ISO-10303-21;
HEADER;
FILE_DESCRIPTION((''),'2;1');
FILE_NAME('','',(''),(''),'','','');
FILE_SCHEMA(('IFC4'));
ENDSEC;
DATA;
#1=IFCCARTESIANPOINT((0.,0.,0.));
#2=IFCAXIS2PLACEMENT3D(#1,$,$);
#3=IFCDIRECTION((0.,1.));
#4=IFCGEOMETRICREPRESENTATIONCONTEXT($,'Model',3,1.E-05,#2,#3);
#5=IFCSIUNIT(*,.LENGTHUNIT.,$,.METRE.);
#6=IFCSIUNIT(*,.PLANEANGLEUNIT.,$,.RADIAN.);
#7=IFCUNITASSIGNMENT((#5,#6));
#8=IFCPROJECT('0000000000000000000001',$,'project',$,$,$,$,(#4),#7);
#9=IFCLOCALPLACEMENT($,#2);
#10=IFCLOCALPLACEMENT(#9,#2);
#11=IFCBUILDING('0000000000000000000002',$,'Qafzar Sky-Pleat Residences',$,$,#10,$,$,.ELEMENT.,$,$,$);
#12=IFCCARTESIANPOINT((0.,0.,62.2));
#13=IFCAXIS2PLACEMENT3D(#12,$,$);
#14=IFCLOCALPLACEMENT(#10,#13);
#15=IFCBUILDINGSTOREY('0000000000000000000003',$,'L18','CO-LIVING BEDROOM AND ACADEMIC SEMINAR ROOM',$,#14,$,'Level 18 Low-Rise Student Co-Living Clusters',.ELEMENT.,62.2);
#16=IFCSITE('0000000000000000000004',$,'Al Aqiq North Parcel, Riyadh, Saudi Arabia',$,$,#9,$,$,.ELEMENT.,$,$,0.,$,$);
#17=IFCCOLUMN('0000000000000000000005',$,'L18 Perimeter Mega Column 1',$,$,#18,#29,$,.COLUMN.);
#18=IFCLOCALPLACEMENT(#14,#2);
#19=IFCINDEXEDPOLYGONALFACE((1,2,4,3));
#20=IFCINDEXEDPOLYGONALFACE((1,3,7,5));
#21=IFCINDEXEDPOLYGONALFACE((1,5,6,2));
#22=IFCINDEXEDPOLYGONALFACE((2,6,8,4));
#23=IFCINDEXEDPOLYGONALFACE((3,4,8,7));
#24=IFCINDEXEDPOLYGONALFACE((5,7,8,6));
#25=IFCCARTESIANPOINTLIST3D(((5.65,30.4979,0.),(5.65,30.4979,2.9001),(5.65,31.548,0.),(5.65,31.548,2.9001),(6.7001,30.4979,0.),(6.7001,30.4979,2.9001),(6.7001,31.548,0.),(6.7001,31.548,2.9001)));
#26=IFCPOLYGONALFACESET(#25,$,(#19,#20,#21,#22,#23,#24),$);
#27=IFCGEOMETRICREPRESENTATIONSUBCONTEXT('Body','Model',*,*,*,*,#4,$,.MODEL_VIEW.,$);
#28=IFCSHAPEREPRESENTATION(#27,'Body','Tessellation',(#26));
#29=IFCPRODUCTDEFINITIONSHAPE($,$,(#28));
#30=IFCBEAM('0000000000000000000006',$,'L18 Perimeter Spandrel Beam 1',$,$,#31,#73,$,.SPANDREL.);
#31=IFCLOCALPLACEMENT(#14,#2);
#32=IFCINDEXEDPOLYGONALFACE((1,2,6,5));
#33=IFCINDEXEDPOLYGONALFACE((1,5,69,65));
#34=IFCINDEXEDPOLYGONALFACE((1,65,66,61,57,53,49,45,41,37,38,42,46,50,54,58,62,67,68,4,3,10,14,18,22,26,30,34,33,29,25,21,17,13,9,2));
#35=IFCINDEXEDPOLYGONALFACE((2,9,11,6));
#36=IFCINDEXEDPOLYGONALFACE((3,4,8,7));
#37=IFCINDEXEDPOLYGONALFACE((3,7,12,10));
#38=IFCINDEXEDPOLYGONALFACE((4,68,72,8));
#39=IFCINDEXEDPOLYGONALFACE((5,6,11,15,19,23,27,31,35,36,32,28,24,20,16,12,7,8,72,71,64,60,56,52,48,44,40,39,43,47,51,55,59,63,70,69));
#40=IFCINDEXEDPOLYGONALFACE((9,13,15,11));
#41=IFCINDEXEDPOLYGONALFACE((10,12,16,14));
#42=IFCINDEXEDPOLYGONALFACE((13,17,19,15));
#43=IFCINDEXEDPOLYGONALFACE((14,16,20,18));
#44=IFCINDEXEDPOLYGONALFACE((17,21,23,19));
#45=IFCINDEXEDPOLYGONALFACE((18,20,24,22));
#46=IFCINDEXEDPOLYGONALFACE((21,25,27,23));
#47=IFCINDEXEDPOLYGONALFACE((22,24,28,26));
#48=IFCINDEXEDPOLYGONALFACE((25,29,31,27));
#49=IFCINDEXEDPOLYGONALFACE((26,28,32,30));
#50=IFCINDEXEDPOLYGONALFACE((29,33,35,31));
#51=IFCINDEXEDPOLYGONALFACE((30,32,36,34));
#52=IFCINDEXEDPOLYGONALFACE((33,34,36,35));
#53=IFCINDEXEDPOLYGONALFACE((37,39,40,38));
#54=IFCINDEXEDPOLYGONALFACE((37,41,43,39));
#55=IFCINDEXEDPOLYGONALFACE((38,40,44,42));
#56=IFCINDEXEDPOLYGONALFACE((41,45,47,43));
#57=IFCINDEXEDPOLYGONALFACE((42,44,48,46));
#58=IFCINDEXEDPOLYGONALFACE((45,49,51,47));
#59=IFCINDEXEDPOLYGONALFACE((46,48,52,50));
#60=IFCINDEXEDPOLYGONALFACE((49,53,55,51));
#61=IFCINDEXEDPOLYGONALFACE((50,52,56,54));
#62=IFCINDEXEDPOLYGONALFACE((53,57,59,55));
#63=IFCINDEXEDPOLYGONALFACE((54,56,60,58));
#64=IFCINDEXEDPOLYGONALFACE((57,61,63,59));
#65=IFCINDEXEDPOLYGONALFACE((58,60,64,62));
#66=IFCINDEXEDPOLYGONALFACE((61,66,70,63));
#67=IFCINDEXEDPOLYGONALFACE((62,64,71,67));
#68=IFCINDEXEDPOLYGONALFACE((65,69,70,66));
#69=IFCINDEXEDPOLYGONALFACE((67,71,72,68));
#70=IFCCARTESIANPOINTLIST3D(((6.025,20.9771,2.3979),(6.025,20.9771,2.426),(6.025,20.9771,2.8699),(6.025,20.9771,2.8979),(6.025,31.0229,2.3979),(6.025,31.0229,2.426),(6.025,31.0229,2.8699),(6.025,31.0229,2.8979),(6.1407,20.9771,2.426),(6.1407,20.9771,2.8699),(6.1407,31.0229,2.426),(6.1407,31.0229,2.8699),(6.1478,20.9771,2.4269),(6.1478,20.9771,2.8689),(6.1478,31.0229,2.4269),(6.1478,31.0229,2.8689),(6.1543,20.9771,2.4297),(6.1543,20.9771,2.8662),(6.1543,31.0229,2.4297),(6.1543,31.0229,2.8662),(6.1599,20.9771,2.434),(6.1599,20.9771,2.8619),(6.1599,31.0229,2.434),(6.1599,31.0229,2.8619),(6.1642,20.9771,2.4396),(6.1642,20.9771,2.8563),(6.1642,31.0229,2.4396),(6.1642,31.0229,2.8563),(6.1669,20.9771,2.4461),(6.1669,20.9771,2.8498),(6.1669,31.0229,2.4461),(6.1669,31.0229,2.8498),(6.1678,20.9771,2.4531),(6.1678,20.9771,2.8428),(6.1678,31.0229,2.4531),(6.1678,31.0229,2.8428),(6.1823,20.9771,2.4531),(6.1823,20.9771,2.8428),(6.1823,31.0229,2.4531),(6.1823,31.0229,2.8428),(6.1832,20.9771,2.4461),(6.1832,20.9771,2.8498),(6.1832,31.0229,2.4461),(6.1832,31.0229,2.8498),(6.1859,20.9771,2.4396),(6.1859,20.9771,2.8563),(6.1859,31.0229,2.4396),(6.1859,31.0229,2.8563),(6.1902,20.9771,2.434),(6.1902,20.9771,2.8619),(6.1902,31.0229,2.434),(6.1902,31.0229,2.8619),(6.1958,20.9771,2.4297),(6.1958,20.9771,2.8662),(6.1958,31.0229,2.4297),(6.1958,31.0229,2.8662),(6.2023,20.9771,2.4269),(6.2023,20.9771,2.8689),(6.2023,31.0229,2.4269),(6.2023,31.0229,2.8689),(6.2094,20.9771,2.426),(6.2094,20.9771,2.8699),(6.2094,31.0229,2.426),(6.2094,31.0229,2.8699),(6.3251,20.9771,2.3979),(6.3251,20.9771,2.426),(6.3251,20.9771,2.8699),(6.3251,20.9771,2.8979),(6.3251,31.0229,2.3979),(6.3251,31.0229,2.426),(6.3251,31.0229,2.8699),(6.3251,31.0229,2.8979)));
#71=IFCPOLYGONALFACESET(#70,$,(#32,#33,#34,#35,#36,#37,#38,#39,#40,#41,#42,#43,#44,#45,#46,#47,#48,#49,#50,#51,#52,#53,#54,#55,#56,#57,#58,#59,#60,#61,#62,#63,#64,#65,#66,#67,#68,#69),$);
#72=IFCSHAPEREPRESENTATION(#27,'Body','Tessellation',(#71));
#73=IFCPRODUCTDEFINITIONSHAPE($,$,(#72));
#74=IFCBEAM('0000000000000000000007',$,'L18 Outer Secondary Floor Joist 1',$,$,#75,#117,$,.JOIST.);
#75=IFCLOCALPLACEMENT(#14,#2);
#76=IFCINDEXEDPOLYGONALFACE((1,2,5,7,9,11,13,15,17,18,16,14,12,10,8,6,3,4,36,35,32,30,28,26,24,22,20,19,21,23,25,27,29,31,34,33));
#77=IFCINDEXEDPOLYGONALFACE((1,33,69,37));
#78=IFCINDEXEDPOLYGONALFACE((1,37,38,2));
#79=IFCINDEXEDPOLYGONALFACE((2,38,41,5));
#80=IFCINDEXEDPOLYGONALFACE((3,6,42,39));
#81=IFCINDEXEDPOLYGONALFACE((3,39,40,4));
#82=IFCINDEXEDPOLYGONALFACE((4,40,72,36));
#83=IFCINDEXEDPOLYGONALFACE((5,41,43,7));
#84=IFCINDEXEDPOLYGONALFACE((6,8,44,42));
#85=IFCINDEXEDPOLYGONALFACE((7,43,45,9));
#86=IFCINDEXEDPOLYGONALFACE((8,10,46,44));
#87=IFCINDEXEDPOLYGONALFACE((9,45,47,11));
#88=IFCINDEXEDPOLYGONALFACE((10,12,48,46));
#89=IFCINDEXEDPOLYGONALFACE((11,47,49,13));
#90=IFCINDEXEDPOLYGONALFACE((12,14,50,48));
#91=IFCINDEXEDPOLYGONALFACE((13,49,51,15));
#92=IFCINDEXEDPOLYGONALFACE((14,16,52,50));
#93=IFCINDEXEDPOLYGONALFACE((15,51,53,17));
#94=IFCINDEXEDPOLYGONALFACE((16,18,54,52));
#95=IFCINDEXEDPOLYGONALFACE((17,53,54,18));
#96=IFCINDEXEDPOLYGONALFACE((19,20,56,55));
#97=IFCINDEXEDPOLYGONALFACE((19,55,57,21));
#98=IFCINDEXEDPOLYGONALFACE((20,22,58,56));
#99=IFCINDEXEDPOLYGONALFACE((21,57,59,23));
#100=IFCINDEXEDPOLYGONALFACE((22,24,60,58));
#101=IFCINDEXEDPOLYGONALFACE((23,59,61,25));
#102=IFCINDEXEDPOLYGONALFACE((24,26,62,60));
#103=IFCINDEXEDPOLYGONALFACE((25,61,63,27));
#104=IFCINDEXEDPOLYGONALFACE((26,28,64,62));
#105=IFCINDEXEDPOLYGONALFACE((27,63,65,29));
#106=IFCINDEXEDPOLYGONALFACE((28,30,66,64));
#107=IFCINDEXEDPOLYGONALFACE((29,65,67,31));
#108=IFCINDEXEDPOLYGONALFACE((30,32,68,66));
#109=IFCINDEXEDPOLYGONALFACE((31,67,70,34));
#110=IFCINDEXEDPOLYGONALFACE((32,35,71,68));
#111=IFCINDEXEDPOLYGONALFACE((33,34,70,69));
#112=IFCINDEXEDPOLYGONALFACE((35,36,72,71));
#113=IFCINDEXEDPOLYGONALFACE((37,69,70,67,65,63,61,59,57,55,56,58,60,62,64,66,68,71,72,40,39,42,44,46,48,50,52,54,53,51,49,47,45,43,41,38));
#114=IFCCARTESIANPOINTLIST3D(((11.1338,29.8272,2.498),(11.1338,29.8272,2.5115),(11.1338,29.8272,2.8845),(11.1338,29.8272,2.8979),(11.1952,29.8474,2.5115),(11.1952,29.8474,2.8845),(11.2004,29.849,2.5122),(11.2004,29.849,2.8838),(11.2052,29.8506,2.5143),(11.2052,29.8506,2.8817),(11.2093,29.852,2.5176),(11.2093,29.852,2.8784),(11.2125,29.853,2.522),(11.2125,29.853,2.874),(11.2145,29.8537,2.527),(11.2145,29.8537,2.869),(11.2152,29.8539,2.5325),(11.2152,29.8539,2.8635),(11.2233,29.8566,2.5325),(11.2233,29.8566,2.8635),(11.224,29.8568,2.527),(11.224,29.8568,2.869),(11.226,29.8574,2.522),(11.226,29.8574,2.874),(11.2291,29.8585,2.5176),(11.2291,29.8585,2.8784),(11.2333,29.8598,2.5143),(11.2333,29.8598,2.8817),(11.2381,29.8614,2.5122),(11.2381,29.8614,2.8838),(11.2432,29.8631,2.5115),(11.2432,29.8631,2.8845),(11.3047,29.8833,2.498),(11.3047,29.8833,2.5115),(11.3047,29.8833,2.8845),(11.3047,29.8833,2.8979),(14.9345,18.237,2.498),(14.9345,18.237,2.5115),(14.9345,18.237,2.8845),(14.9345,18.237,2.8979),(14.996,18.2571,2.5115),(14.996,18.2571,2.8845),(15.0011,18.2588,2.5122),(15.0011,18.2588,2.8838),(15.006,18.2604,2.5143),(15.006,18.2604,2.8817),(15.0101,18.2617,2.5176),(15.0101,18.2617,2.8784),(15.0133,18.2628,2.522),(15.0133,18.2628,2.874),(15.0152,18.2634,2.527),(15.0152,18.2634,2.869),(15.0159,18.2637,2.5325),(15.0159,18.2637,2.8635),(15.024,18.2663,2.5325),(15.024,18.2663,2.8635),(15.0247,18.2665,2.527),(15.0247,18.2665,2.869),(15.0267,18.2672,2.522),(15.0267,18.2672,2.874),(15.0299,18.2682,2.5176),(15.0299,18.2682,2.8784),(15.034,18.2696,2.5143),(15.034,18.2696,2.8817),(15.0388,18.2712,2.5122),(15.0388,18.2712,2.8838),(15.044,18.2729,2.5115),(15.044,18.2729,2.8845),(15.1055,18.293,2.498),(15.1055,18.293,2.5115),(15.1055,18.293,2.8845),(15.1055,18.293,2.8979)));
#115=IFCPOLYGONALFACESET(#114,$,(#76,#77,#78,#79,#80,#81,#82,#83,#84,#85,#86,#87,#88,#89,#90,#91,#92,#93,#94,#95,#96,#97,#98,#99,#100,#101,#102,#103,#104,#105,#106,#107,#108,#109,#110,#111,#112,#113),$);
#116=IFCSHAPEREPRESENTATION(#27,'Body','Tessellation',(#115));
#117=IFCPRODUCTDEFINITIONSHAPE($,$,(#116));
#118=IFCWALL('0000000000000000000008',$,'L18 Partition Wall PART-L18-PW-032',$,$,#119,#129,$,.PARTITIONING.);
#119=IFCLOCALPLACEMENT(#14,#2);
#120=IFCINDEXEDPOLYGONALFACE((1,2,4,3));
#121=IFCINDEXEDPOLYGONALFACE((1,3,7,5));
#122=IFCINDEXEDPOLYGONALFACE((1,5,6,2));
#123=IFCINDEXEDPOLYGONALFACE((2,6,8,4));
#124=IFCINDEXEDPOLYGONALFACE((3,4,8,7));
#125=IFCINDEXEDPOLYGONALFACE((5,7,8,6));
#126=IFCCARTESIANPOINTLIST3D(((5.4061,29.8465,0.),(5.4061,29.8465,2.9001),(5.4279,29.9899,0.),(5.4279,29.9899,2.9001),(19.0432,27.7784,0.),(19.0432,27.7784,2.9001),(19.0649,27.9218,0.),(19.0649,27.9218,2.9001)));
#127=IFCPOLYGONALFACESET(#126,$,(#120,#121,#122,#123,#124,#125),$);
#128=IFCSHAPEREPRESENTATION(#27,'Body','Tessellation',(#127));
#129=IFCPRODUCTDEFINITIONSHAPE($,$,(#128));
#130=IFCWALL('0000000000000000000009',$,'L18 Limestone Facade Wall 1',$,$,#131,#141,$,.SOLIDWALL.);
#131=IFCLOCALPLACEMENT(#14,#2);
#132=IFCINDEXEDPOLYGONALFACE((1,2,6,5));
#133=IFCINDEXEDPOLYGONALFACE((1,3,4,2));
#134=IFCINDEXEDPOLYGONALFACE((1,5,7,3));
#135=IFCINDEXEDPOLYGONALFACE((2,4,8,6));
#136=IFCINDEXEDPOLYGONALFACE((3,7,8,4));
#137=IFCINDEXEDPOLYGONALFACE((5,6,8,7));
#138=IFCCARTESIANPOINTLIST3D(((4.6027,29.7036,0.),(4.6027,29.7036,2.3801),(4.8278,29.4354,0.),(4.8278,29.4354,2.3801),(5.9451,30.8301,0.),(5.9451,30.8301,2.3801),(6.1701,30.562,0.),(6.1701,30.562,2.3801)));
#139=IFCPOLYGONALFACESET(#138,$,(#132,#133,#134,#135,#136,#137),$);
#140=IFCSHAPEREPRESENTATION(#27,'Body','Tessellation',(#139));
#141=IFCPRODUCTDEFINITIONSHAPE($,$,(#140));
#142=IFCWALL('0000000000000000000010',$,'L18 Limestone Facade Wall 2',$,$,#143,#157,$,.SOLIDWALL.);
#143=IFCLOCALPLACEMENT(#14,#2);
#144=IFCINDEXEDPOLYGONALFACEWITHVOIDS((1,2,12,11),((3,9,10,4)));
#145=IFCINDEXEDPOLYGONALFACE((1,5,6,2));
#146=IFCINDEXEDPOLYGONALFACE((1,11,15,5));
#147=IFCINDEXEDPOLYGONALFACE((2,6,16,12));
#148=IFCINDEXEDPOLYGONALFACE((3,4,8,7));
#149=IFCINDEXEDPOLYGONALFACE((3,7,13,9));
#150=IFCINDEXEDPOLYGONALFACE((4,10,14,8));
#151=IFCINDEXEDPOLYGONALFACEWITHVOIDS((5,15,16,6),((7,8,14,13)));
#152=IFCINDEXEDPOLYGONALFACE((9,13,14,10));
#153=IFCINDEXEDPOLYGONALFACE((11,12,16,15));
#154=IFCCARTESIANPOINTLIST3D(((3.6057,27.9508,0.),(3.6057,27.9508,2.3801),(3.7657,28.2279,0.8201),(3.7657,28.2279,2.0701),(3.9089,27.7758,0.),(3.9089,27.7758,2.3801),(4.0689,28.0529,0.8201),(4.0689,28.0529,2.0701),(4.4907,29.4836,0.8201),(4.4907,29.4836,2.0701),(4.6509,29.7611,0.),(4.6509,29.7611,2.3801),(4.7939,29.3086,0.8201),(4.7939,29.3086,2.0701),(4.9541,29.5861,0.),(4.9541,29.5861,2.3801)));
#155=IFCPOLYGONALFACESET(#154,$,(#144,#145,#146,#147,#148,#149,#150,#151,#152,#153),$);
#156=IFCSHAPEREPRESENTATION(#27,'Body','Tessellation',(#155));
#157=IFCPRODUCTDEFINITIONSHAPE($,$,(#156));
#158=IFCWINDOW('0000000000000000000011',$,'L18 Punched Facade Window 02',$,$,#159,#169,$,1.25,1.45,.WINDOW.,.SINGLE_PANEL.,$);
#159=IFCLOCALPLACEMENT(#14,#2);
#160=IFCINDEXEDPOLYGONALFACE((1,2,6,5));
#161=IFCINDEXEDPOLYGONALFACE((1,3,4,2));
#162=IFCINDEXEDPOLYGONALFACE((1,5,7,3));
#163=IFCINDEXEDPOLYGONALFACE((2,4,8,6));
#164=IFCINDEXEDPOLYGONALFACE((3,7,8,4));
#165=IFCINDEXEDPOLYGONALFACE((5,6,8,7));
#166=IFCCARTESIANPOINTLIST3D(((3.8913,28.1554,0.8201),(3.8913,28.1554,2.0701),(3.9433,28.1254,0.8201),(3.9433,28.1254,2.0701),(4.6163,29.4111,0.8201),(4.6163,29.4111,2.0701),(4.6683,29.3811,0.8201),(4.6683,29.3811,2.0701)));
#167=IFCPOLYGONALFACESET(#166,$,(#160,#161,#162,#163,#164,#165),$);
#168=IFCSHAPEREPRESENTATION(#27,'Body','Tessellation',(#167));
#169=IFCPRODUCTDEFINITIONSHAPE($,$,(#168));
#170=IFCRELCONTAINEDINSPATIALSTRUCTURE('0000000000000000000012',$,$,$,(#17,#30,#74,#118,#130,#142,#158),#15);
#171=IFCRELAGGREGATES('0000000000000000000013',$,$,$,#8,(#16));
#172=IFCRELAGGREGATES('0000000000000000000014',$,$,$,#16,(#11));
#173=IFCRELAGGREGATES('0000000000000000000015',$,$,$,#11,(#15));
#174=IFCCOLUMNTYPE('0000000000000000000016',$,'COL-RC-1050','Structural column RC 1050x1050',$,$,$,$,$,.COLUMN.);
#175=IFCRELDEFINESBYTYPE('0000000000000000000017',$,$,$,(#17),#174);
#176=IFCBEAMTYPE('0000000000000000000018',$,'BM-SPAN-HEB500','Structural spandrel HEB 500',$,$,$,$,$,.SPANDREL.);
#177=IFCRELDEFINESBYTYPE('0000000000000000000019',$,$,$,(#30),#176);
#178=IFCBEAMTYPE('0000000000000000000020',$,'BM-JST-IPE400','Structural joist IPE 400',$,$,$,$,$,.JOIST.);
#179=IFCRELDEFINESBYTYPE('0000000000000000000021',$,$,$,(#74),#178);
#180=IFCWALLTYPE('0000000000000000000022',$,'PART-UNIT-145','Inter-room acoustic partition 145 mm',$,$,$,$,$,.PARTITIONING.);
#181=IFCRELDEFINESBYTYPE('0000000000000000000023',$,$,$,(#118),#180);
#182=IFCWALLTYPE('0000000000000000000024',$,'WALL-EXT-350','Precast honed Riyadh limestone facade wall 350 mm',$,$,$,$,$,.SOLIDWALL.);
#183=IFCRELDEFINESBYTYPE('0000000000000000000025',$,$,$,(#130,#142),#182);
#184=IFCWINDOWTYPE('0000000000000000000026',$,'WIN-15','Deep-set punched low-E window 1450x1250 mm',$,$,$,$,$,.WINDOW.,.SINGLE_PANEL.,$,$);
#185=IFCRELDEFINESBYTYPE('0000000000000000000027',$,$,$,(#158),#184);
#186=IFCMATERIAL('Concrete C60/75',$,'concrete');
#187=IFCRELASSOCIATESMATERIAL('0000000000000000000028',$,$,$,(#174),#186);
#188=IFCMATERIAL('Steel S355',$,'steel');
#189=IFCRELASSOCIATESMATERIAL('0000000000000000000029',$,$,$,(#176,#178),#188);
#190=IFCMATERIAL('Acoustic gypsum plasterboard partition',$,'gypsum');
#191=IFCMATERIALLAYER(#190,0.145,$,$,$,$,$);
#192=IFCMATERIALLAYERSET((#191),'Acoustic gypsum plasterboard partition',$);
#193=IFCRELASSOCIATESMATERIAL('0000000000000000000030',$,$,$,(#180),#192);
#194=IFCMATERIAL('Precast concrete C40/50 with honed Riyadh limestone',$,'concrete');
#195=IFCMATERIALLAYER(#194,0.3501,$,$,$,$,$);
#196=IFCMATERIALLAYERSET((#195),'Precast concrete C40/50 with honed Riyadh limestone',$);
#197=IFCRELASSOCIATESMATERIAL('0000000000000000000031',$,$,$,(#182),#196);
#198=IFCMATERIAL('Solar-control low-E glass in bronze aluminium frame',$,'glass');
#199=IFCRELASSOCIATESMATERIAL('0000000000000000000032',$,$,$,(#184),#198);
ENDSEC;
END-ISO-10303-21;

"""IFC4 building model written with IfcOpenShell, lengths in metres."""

from ifc_helpers import new_model, si_unit, direction, frame, frame_2d, origin, origin_2d, place, context, subcontext, project, spatial, rectangle, i_section, extrude, source, transform, mapped, material, layer, layer_set, material_profile, profile_set, type_object, element, fill, save


model = new_model("IFC4")

# Units and contexts
model_context = context("Model", 3, precision=1e-05, world=origin(), true_north=direction((0.0, 1.0)))
body_context = subcontext(model_context, "Body", "Model", "MODEL_VIEW")
ifc_project = project(units=[si_unit("LENGTHUNIT", "METRE"), si_unit("PLANEANGLEUNIT", "RADIAN")], contexts=[model_context])

# Site, building, storey
site_placement = place(None, origin())
site = spatial("IfcSite", under=ifc_project, at=site_placement, Name="Al Aqiq North Parcel, Riyadh, Saudi Arabia", CompositionType="ELEMENT", RefElevation=0.0)
building_placement = place(site_placement, origin())
building = spatial("IfcBuilding", under=site, at=building_placement, Name="Qafzar Sky-Pleat Residences", CompositionType="ELEMENT")
storey_placement = place(building_placement, frame((0.0, 0.0, 62.2)))
storey = spatial("IfcBuildingStorey", under=building, at=storey_placement, Name="L18", Description="CO-LIVING BEDROOM AND ACADEMIC SEMINAR ROOM", LongName="Level 18 Low-Rise Student Co-Living Clusters", CompositionType="ELEMENT", Elevation=62.2)

# Column
ifc_material_1 = material(Name="Concrete C60/75", Category="concrete")
ifc_material_profile_1 = material_profile(ifc_material_1, rectangle(XDim=1.05, YDim=1.05, at=origin_2d()), Name="RC 1050x1050")
ifc_profile_set_1 = profile_set([ifc_material_profile_1], Name="Concrete C60/75")
column_type = type_object("IfcColumnType", Name="COL-RC-1050", Description="Structural column RC 1050x1050", PredefinedType="COLUMN", material=ifc_profile_set_1)
shared_shape_1 = source(origin(), body_context, "Body", "SweptSolid", [
    extrude(rectangle(XDim=1.05, YDim=1.05, at=origin_2d()), origin(), (0.0, 0.0, 1.0), 2.9001),
])
column_placement = place(storey_placement, frame((6.175, 31.0229, 0.0), z_axis=(0.0, 0.0, 1.0), x_axis=(1.0, 0.0, 0.0)))
element("IfcColumn", 1, at=column_placement, inside=storey, type_object=column_type, Name="L18 Perimeter Mega Column 1", PredefinedType="COLUMN", context=body_context, shape_type="MappedRepresentation", body=[
    mapped(shared_shape_1, transform((0.0, 0.0, 0.0), x_axis=(1.0, 0.0, 0.0), y_axis=(0.0, 1.0, 0.0), z_axis=(0.0, 0.0, 1.0), scale=1.0)),
])

# Beams
ifc_material_2 = material(Name="Steel S355", Category="steel")
ifc_material_profile_2 = material_profile(ifc_material_2, i_section(OverallWidth=0.3, OverallDepth=0.5, WebThickness=0.0144, FlangeThickness=0.0281, FilletRadius=0.0271, at=origin_2d()), Name="HEB 500")
ifc_profile_set_2 = profile_set([ifc_material_profile_2], Name="Steel S355")
beam_type_1 = type_object("IfcBeamType", Name="BM-SPAN-HEB500", Description="Structural spandrel HEB 500", PredefinedType="SPANDREL", material=ifc_profile_set_2)
shared_shape_2 = source(origin(), body_context, "Body", "SweptSolid", [
    extrude(i_section(OverallWidth=0.3, OverallDepth=0.5, WebThickness=0.0144, FlangeThickness=0.0281, FilletRadius=0.0271, at=origin_2d()), origin(), (0.0, 0.0, 1.0), 10.0459),
])
beam_1_placement = place(storey_placement, frame((6.175, 31.0229, 2.6479), z_axis=(0.0, -1.0, 0.0), x_axis=(1.0, 0.0, 0.0)))
element("IfcBeam", 2, at=beam_1_placement, inside=storey, type_object=beam_type_1, Name="L18 Perimeter Spandrel Beam 1", PredefinedType="SPANDREL", context=body_context, shape_type="MappedRepresentation", body=[
    mapped(shared_shape_2, transform((0.0, 0.0, 0.0), x_axis=(1.0, 0.0, 0.0), y_axis=(0.0, 1.0, 0.0), z_axis=(0.0, 0.0, 1.0), scale=1.0)),
])
ifc_material_profile_3 = material_profile(ifc_material_2, i_section(OverallWidth=0.1799, OverallDepth=0.3999, WebThickness=0.0085, FlangeThickness=0.0134, FilletRadius=0.021, at=origin_2d()), Name="IPE 400")
ifc_profile_set_3 = profile_set([ifc_material_profile_3], Name="Steel S355")
beam_type_2 = type_object("IfcBeamType", Name="BM-JST-IPE400", Description="Structural joist IPE 400", PredefinedType="JOIST", material=ifc_profile_set_3)
shared_shape_3 = source(origin(), body_context, "Body", "SweptSolid", [
    extrude(i_section(OverallWidth=0.1799, OverallDepth=0.3999, WebThickness=0.0085, FlangeThickness=0.0134, FilletRadius=0.021, at=origin_2d()), origin(), (0.0, 0.0, 1.0), 12.1975),
])
beam_2_placement = place(storey_placement, frame((11.2192, 29.8552, 2.698), z_axis=(0.3116, -0.950213, 0.0), x_axis=(0.950213, 0.3116, 0.0)))
element("IfcBeam", 3, at=beam_2_placement, inside=storey, type_object=beam_type_2, Name="L18 Outer Secondary Floor Joist 1", PredefinedType="JOIST", context=body_context, shape_type="MappedRepresentation", body=[
    mapped(shared_shape_3, transform((0.0, 0.0, 0.0), x_axis=(1.0, 0.0, 0.0), y_axis=(0.0, 1.0, 0.0), z_axis=(0.0, 0.0, 1.0), scale=1.0)),
])

# Walls
ifc_material_3 = material(Name="Acoustic gypsum plasterboard partition", Category="gypsum")
ifc_layer_1 = layer(ifc_material_3, 0.145)
ifc_layer_set_1 = layer_set([ifc_layer_1], Name="Acoustic gypsum plasterboard partition")
wall_type_1 = type_object("IfcWallType", Name="PART-UNIT-145", Description="Inter-room acoustic partition 145 mm", PredefinedType="PARTITIONING", material=ifc_layer_set_1)
wall_1_placement = place(storey_placement, frame((5.417, 29.9182, 0.0), z_axis=(0.0, 0.0, 1.0), x_axis=(0.988695, -0.149941, 0.0)))
element("IfcWall", 4, at=wall_1_placement, inside=storey, type_object=wall_type_1, Name="L18 Partition Wall PART-L18-PW-032", PredefinedType="PARTITIONING", context=body_context, shape_type="SweptSolid", body=[
    extrude(rectangle(XDim=13.793, YDim=0.145, at=frame_2d((6.8965, 0.0))), origin(), (0.0, 0.0, 1.0), 2.9001),
])
ifc_material_4 = material(Name="Precast concrete C40/50 with honed Riyadh limestone", Category="concrete")
ifc_layer_2 = layer(ifc_material_4, 0.3501)
ifc_layer_set_2 = layer_set([ifc_layer_2], Name="Precast concrete C40/50 with honed Riyadh limestone")
wall_type_2 = type_object("IfcWallType", Name="WALL-EXT-350", Description="Precast honed Riyadh limestone facade wall 350 mm", PredefinedType="SOLIDWALL", material=ifc_layer_set_2)
wall_2_placement = place(storey_placement, frame((6.0576, 30.696, 0.0), z_axis=(0.0, 0.0, 1.0), x_axis=(-0.766001, -0.642839, 0.0)))
element("IfcWall", 5, at=wall_2_placement, inside=storey, type_object=wall_type_2, Name="L18 Limestone Facade Wall 1", PredefinedType="SOLIDWALL", context=body_context, shape_type="SweptSolid", body=[
    extrude(rectangle(XDim=1.7524, YDim=0.3501, at=frame_2d((0.8762, 0.0))), origin(), (0.0, 0.0, 1.0), 2.3801),
])

# Wall, opening, window
wall_3_placement = place(storey_placement, frame((4.8025, 29.6736, 0.0), z_axis=(0.0, 0.0, 1.0), x_axis=(-0.499995, -0.866028, 0.0)))
wall_3 = element("IfcWall", 6, at=wall_3_placement, inside=storey, type_object=wall_type_2, Name="L18 Limestone Facade Wall 2", PredefinedType="SOLIDWALL", context=body_context, shape_type="SweptSolid", body=[
    extrude(rectangle(XDim=2.0903, YDim=0.3501, at=frame_2d((1.0452, 0.0))), origin(), (0.0, 0.0, 1.0), 2.3801),
])
opening_1_placement = place(wall_3_placement, frame((0.3203, 0.0, 0.8201)))
opening_1 = element("IfcOpeningElement", 7, at=opening_1_placement, cuts=wall_3, PredefinedType="OPENING", context=body_context, shape_type="SweptSolid", body=[
    extrude(rectangle(XDim=1.45, YDim=1.25, at=frame_2d((0.7251, 0.625))), frame((0.0, 0.1851, 0.0), z_axis=(0.0, -1.0, 0.0), x_axis=(1.0, 0.0, 0.0)), (0.0, 0.0, 1.0), 0.3701),
])
ifc_material_5 = material(Name="Solar-control low-E glass in bronze aluminium frame", Category="glass")
window_type = type_object("IfcWindowType", Name="WIN-15", Description="Deep-set punched low-E window 1450x1250 mm", PartitioningType="SINGLE_PANEL", PredefinedType="WINDOW", material=ifc_material_5)
shared_shape_4 = source(origin(), body_context, "Body", "SweptSolid", [
    extrude(rectangle(XDim=1.45, YDim=1.25, at=frame_2d((0.7251, 0.625))), frame((0.0, 0.03, 0.0), z_axis=(0.0, -1.0, 0.0), x_axis=(1.0, 0.0, 0.0)), (0.0, 0.0, 1.0), 0.0601),
])
window_1_placement = place(opening_1_placement, origin())
window_1 = element("IfcWindow", 8, at=window_1_placement, inside=storey, type_object=window_type, Name="L18 Punched Facade Window 02", OverallHeight=1.25, OverallWidth=1.45, PartitioningType="SINGLE_PANEL", PredefinedType="WINDOW", context=body_context, shape_type="MappedRepresentation", body=[
    mapped(shared_shape_4, transform((0.0, 0.0, 0.0), x_axis=(1.0, 0.0, 0.0), y_axis=(0.0, 1.0, 0.0), z_axis=(0.0, 0.0, 1.0), scale=1.0)),
])
fill(opening_1, window_1)

save(model, "model.ifc")
